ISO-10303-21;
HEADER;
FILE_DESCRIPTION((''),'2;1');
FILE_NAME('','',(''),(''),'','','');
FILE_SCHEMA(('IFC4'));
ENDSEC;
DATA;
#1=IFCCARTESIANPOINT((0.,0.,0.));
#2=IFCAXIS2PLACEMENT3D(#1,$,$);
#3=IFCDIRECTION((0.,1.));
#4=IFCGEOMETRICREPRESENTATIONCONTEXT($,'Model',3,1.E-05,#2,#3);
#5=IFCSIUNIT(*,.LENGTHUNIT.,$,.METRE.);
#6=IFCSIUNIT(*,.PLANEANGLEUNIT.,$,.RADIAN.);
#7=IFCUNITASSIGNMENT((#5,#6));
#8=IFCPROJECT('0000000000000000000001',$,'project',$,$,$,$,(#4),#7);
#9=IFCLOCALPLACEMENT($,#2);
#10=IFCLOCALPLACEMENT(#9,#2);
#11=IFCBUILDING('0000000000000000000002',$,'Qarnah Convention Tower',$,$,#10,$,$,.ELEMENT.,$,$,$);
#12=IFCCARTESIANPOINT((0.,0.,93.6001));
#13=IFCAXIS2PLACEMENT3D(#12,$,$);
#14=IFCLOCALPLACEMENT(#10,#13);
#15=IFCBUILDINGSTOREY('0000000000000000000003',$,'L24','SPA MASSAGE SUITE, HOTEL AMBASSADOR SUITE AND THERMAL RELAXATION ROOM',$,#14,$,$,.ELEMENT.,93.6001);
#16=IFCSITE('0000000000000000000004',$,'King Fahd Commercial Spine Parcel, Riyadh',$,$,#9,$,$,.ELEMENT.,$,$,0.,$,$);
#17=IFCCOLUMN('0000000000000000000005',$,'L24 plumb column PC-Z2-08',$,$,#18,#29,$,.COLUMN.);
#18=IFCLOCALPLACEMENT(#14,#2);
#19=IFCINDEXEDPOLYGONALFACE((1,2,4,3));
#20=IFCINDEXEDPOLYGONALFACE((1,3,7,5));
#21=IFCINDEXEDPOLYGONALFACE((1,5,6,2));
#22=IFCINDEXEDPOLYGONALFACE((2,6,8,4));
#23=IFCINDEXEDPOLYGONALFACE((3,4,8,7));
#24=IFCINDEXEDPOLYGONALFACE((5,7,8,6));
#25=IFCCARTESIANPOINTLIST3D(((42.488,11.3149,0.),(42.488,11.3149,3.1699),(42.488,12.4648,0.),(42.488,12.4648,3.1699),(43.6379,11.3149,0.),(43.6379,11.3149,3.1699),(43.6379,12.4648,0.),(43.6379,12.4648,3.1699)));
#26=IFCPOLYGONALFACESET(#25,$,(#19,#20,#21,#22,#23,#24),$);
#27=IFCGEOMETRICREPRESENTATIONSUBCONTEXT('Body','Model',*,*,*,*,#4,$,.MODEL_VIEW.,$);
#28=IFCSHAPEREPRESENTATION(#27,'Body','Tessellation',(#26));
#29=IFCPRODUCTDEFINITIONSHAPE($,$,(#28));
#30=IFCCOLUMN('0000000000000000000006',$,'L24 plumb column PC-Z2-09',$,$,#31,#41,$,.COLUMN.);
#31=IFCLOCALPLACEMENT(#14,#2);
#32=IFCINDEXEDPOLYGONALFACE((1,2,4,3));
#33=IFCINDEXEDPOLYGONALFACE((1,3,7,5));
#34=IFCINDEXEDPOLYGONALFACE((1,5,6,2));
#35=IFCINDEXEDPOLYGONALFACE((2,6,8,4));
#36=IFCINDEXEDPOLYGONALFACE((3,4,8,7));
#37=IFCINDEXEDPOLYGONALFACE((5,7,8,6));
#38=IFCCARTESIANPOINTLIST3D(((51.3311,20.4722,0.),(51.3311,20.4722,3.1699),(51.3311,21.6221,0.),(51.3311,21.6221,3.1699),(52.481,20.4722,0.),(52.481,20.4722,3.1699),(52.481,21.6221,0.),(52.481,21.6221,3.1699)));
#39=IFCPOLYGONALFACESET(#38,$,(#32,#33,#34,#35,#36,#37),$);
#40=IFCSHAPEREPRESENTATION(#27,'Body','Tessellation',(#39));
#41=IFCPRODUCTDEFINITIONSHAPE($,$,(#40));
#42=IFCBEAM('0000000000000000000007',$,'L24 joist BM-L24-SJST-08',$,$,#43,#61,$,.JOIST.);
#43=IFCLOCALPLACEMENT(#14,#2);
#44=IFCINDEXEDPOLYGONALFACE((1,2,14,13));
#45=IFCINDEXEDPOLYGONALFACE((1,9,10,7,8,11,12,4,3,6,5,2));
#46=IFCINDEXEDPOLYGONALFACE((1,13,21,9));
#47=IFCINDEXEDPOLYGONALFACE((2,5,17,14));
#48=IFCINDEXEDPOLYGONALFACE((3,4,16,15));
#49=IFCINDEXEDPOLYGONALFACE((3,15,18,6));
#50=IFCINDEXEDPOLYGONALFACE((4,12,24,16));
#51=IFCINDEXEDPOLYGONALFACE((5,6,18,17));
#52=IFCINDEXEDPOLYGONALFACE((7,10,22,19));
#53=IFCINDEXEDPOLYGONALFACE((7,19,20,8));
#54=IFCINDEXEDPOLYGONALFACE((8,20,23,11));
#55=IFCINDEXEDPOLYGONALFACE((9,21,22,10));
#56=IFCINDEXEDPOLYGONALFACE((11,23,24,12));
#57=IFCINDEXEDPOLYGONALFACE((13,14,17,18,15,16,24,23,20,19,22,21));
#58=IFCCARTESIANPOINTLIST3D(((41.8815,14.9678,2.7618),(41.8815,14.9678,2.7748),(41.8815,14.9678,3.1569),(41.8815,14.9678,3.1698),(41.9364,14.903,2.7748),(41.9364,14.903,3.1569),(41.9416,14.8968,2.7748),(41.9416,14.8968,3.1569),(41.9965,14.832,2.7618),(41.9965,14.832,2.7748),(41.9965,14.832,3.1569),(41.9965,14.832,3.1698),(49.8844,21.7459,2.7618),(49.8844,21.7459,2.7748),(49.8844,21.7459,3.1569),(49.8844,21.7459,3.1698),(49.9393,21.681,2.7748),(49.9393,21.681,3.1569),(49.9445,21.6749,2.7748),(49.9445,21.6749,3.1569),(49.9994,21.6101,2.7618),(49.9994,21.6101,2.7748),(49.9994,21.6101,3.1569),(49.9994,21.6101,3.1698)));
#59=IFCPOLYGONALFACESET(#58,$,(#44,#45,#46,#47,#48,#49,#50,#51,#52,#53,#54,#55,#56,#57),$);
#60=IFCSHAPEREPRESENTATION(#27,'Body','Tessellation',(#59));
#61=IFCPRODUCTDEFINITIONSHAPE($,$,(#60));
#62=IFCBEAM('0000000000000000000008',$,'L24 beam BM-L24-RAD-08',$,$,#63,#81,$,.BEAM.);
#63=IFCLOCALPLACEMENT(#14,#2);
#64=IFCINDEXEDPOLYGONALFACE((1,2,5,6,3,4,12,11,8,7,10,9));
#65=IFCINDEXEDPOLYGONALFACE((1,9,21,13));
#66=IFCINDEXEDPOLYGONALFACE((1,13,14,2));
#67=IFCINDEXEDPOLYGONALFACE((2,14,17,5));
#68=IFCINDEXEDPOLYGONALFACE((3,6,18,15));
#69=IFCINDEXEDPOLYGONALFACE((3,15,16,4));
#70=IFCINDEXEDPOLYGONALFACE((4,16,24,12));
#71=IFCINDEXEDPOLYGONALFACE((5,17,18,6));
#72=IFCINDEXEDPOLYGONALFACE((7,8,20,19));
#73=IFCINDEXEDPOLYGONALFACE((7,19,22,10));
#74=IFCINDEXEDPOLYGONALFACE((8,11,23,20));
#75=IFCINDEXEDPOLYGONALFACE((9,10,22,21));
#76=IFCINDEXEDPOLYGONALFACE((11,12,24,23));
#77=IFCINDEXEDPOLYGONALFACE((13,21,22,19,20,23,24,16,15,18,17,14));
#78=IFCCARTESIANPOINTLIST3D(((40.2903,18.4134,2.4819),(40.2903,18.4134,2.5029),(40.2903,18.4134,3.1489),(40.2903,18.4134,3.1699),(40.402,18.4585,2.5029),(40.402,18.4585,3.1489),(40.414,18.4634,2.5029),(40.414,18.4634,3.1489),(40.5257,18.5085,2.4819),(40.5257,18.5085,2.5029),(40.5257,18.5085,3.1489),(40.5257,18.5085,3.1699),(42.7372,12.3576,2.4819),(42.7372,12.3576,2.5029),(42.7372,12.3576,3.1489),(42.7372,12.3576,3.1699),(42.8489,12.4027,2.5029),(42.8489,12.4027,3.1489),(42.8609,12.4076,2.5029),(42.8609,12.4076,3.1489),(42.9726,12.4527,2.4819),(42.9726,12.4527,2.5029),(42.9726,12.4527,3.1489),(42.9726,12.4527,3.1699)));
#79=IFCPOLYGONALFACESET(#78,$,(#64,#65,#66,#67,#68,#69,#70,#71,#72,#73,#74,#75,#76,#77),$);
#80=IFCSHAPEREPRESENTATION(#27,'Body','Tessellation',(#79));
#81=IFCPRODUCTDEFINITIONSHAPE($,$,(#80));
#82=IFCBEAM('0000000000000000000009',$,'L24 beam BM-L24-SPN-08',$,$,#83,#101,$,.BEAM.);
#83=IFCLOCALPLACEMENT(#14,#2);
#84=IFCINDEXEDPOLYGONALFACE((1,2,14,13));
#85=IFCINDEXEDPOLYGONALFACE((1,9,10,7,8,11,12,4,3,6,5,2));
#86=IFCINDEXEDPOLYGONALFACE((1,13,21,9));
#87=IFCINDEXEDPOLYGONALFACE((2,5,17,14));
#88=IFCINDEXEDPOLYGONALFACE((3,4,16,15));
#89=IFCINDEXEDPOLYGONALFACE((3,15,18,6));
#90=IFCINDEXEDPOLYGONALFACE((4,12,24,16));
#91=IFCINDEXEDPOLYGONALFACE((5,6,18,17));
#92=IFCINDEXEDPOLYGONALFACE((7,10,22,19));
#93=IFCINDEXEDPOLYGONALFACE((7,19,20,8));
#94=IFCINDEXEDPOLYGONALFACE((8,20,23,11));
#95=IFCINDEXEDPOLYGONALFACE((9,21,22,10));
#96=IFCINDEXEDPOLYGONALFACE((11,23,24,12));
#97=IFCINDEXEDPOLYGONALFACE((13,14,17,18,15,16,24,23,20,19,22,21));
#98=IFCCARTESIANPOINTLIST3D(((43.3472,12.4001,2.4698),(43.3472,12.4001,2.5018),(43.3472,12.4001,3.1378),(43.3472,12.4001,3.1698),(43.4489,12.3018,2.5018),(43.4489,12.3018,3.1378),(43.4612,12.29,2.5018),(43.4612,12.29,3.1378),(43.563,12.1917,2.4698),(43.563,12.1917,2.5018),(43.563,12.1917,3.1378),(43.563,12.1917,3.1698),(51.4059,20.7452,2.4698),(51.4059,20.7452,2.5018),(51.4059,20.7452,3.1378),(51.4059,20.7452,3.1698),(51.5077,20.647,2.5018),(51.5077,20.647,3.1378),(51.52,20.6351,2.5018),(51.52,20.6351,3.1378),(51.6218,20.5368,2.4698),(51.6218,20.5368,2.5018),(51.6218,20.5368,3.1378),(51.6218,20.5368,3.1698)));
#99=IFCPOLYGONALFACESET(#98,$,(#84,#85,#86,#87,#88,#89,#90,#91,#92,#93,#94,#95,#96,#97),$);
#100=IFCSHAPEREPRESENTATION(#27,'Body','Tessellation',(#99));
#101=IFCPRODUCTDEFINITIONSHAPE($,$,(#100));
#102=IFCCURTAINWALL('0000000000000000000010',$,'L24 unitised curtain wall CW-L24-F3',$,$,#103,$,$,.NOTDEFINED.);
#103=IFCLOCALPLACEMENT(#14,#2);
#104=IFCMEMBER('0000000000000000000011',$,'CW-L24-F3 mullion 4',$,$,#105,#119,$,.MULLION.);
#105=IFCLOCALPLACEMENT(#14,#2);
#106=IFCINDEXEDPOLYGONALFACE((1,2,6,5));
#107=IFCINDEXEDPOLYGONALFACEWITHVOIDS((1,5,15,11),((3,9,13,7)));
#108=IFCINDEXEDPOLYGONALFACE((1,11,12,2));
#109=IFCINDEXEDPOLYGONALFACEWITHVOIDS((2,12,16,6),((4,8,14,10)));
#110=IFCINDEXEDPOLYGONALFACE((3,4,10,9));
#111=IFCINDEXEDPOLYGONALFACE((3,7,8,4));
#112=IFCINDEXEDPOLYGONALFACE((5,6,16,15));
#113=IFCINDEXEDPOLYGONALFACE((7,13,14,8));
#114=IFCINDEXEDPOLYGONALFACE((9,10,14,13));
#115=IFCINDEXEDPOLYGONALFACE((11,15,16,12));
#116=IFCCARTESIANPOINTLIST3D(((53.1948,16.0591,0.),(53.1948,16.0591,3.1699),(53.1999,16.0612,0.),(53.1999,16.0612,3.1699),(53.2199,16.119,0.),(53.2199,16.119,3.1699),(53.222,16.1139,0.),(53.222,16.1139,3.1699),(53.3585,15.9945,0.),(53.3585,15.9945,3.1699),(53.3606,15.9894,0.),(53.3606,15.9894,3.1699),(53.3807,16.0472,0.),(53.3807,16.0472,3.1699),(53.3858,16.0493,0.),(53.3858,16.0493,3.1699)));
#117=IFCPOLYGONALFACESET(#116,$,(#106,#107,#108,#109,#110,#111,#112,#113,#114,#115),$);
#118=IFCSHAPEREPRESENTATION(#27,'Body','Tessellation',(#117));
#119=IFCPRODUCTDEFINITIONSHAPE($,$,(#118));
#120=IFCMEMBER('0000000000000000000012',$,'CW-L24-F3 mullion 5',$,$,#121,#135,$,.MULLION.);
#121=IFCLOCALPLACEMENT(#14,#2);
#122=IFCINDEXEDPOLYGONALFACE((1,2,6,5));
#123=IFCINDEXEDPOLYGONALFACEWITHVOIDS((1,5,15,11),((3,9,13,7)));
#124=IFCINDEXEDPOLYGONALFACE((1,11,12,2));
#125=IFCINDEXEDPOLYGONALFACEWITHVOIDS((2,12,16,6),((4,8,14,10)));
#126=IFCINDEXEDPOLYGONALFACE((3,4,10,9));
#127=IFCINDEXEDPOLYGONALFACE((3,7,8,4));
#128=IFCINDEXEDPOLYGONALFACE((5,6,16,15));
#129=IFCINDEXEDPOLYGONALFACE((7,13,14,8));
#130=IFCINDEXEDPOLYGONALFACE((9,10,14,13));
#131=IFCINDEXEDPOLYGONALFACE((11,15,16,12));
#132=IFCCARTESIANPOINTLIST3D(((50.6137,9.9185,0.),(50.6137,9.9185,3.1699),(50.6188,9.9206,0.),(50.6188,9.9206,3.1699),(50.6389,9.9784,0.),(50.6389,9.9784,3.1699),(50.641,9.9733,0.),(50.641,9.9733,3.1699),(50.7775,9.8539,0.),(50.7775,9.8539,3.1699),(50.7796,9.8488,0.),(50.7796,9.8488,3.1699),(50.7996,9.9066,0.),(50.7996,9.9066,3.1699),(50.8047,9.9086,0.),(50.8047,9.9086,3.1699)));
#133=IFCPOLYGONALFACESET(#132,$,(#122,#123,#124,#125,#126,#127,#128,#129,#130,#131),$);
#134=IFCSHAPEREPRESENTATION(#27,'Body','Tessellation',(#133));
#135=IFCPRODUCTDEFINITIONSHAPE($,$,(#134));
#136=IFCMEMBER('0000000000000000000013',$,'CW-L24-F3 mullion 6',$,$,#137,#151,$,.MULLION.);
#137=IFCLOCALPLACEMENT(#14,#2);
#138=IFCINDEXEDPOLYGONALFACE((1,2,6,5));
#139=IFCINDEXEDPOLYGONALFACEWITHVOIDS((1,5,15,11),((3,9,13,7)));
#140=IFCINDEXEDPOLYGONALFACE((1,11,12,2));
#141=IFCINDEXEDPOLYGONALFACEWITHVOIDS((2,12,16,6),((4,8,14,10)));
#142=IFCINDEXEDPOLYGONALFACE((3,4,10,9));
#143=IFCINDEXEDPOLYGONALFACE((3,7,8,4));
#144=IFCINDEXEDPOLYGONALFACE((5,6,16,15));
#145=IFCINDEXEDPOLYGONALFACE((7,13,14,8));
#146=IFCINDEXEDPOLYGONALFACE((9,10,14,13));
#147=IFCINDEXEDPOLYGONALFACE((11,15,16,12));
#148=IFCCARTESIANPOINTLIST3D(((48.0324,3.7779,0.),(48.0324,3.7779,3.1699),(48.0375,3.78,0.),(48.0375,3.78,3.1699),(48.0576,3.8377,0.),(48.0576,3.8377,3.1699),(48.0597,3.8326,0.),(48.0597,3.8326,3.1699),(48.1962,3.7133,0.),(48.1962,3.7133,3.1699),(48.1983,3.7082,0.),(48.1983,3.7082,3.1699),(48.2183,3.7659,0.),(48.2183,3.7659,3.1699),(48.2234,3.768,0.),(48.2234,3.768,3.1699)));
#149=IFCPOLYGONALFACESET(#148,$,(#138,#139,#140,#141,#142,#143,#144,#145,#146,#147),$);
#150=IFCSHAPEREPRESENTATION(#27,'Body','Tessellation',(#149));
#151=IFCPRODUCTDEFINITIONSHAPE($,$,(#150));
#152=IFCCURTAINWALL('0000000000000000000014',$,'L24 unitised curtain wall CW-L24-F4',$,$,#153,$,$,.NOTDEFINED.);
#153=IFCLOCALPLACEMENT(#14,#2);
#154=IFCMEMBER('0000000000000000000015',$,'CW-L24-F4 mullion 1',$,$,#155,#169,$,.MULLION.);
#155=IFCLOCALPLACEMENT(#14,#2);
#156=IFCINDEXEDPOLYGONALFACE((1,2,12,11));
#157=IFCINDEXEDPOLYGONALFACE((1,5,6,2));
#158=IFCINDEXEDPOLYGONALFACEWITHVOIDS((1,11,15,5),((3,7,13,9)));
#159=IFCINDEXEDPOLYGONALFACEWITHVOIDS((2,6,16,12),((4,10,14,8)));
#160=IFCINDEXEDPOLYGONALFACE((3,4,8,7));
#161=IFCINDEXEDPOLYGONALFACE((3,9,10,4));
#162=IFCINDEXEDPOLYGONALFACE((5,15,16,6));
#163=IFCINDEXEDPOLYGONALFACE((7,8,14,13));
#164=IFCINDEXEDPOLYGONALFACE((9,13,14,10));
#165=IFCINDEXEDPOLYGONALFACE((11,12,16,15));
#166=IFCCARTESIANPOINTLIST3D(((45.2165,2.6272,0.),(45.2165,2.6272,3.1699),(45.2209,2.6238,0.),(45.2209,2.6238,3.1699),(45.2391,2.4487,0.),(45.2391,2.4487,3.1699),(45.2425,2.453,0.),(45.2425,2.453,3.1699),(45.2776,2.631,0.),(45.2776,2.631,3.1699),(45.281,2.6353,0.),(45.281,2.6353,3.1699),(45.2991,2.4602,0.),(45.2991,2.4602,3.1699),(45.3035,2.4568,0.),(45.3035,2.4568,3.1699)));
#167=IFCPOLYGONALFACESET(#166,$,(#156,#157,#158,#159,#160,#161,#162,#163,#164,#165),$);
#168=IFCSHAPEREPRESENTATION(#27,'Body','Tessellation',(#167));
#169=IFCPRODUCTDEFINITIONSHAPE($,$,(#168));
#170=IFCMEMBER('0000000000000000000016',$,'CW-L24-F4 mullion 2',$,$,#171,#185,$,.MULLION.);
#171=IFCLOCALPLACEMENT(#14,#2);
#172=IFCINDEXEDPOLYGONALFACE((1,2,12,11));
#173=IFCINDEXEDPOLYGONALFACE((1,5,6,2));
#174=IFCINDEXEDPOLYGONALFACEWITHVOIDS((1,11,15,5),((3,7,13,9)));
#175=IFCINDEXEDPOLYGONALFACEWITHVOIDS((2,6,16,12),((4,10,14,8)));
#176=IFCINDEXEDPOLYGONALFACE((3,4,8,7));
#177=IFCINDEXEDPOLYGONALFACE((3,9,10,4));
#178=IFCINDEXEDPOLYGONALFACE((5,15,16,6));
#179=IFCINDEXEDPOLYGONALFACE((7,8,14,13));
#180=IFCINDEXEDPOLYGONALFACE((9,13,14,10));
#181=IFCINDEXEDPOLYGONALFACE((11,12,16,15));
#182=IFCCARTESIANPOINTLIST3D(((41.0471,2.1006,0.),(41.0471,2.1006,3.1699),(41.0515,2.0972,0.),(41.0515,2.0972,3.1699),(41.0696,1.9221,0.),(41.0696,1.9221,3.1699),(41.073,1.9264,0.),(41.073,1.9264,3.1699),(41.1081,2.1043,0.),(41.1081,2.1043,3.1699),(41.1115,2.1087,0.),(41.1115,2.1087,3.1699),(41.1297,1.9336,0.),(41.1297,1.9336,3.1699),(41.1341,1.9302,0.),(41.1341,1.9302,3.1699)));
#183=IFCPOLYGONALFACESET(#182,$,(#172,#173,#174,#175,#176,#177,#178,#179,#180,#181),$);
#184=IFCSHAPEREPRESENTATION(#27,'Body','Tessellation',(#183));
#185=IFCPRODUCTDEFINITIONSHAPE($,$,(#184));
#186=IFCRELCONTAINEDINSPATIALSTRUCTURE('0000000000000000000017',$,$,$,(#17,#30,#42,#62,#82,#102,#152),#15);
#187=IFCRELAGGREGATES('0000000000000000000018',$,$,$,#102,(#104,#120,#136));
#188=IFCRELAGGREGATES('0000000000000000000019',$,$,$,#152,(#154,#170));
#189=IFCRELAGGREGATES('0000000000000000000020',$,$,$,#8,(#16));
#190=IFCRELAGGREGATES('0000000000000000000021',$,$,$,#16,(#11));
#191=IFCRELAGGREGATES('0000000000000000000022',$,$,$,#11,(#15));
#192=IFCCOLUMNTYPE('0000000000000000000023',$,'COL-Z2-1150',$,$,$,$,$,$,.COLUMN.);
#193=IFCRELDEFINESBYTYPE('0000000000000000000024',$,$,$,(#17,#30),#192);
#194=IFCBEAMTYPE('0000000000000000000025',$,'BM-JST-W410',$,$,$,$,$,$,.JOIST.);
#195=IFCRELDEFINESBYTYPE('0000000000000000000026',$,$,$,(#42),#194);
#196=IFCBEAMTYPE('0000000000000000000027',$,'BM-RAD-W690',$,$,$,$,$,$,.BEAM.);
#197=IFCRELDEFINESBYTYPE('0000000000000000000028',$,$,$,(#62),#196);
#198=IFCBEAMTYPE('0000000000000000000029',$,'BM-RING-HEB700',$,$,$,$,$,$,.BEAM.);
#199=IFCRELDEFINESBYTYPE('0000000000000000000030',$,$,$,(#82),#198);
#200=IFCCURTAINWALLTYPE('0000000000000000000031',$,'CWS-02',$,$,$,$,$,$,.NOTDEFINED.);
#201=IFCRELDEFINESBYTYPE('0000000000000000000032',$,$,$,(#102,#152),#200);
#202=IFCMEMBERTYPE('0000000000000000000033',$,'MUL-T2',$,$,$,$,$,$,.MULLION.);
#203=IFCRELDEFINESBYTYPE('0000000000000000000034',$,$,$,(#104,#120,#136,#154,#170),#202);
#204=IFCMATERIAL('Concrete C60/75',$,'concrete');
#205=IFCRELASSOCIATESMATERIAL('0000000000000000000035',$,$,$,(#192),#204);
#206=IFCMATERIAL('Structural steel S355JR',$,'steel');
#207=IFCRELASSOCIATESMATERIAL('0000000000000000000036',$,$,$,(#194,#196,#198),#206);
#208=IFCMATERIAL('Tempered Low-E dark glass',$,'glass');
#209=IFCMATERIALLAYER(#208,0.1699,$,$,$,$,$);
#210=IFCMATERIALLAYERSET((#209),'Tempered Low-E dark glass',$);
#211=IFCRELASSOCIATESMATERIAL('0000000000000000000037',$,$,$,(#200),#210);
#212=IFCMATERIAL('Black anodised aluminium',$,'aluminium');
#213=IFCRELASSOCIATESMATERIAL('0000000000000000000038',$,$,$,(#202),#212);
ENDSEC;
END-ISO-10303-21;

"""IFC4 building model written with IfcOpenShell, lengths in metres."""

from ifc_helpers import new_model, si_unit, direction, frame, origin, origin_2d, place, context, subcontext, project, spatial, rectangle, hollow_rectangle, i_section, extrude, material, layer, layer_set, material_profile, profile_set, type_object, element, aggregate, save


model = new_model("IFC4")

# Units and contexts
model_context = context("Model", 3, precision=1e-05, world=origin(), true_north=direction((0.0, 1.0)))
body_context = subcontext(model_context, "Body", "Model", "MODEL_VIEW")
ifc_project = project(units=[si_unit("LENGTHUNIT", "METRE"), si_unit("PLANEANGLEUNIT", "RADIAN")], contexts=[model_context])

# Site, building, storey
site_placement = place(None, origin())
site = spatial("IfcSite", under=ifc_project, at=site_placement, Name="King Fahd Commercial Spine Parcel, Riyadh", CompositionType="ELEMENT", RefElevation=0.0)
building_placement = place(site_placement, origin())
building = spatial("IfcBuilding", under=site, at=building_placement, Name="Qarnah Convention Tower", CompositionType="ELEMENT")
storey_placement = place(building_placement, frame((0.0, 0.0, 93.6001)))
storey = spatial("IfcBuildingStorey", under=building, at=storey_placement, Name="L24", Description="SPA MASSAGE SUITE, HOTEL AMBASSADOR SUITE AND THERMAL RELAXATION ROOM", CompositionType="ELEMENT", Elevation=93.6001)

# Columns
ifc_material_1 = material(Name="Concrete C60/75", Category="concrete")
ifc_material_profile_1 = material_profile(ifc_material_1, rectangle(XDim=1.1499, YDim=1.1499, at=origin_2d()), Name="RC-COL-1150X1150")
ifc_profile_set_1 = profile_set([ifc_material_profile_1], Name="Concrete C60/75")
column_type = type_object("IfcColumnType", Name="COL-Z2-1150", PredefinedType="COLUMN", material=ifc_profile_set_1)
for number, where, z_axis, x_axis, name in (
    (1, (43.063, 11.8899, 0.0), (0.0, 0.0, 1.0), (1.0, 0.0, 0.0), "L24 plumb column PC-Z2-08"),
    (2, (51.906, 21.0471, 0.0), (0.0, 0.0, 1.0), (1.0, 0.0, 0.0), "L24 plumb column PC-Z2-09"),
):
    element("IfcColumn", number, at=place(storey_placement, frame(where, z_axis=z_axis, x_axis=x_axis)), inside=storey, type_object=column_type, Name=name, PredefinedType="COLUMN", context=body_context, shape_type="SweptSolid", body=[
        extrude(rectangle(XDim=1.1499, YDim=1.1499, at=origin_2d()), origin(), (0.0, 0.0, 1.0), 3.1699),
    ])

# Beams
ifc_material_2 = material(Name="Structural steel S355JR", Category="steel")
ifc_material_profile_2 = material_profile(ifc_material_2, i_section(OverallWidth=0.178, OverallDepth=0.408, WebThickness=0.0081, FlangeThickness=0.0129, at=origin_2d()), Name="W410X60")
ifc_profile_set_2 = profile_set([ifc_material_profile_2], Name="Structural steel S355JR")
beam_type_1 = type_object("IfcBeamType", Name="BM-JST-W410", PredefinedType="JOIST", material=ifc_profile_set_2)
beam_1_placement = place(storey_placement, frame((41.939, 14.8999, 2.9658), z_axis=(0.763087, 0.646296, 0.0), x_axis=(-0.646296, 0.763087, 0.0)))
element("IfcBeam", 3, at=beam_1_placement, inside=storey, type_object=beam_type_1, Name="L24 joist BM-L24-SJST-08", PredefinedType="JOIST", context=body_context, shape_type="SweptSolid", body=[
    extrude(i_section(OverallWidth=0.178, OverallDepth=0.408, WebThickness=0.0081, FlangeThickness=0.0129, at=origin_2d()), origin(), (0.0, 0.0, 1.0), 10.4875),
])
ifc_material_profile_3 = material_profile(ifc_material_2, i_section(OverallWidth=0.2539, OverallDepth=0.688, WebThickness=0.0129, FlangeThickness=0.021, at=origin_2d()), Name="W690X152")
ifc_profile_set_3 = profile_set([ifc_material_profile_3], Name="Structural steel S355JR")
beam_type_2 = type_object("IfcBeamType", Name="BM-RAD-W690", PredefinedType="BEAM", material=ifc_profile_set_3)
beam_2_placement = place(storey_placement, frame((40.408, 18.4609, 2.8259), z_axis=(0.374643, -0.927169, 0.0), x_axis=(0.927169, 0.374643, 0.0)))
element("IfcBeam", 4, at=beam_2_placement, inside=storey, type_object=beam_type_2, Name="L24 beam BM-L24-RAD-08", PredefinedType="BEAM", context=body_context, shape_type="SweptSolid", body=[
    extrude(i_section(OverallWidth=0.2539, OverallDepth=0.688, WebThickness=0.0129, FlangeThickness=0.021, at=origin_2d()), origin(), (0.0, 0.0, 1.0), 6.5315),
])
ifc_material_profile_4 = material_profile(ifc_material_2, i_section(OverallWidth=0.3, OverallDepth=0.7, WebThickness=0.0171, FlangeThickness=0.032, at=origin_2d()), Name="HEB700")
ifc_profile_set_4 = profile_set([ifc_material_profile_4], Name="Structural steel S355JR")
beam_type_3 = type_object("IfcBeamType", Name="BM-RING-HEB700", PredefinedType="BEAM", material=ifc_profile_set_4)
beam_3_placement = place(storey_placement, frame((43.4551, 12.2959, 2.8198), z_axis=(0.694656, 0.719342, 0.0), x_axis=(-0.719342, 0.694656, 0.0)))
element("IfcBeam", 5, at=beam_3_placement, inside=storey, type_object=beam_type_3, Name="L24 beam BM-L24-SPN-08", PredefinedType="BEAM", context=body_context, shape_type="SweptSolid", body=[
    extrude(i_section(OverallWidth=0.3, OverallDepth=0.7, WebThickness=0.0171, FlangeThickness=0.032, at=origin_2d()), origin(), (0.0, 0.0, 1.0), 11.6011),
])

# Curtain walls, members
ifc_material_3 = material(Name="Tempered Low-E dark glass", Category="glass")
ifc_layer_1 = layer(ifc_material_3, 0.1699)
ifc_layer_set_1 = layer_set([ifc_layer_1], Name="Tempered Low-E dark glass")
curtain_wall_type = type_object("IfcCurtainWallType", Name="CWS-02", PredefinedType="NOTDEFINED", material=ifc_layer_set_1)
curtain_wall_1_placement = place(storey_placement, origin())
curtain_wall_1 = element("IfcCurtainWall", 6, at=curtain_wall_1_placement, inside=storey, type_object=curtain_wall_type, Name="L24 unitised curtain wall CW-L24-F3", PredefinedType="NOTDEFINED")
ifc_material_4 = material(Name="Black anodised aluminium", Category="aluminium")
ifc_material_profile_5 = material_profile(ifc_material_4, hollow_rectangle(XDim=0.0649, YDim=0.1799, WallThickness=0.0039, at=origin_2d()), Name="MUL-65X180")
ifc_profile_set_5 = profile_set([ifc_material_profile_5], Name="Black anodised aluminium")
member_type_1 = type_object("IfcMemberType", Name="MUL-T2", PredefinedType="MULLION", material=ifc_profile_set_5)
member_1_placement = place(storey_placement, frame((53.2903, 16.0542, 0.0), z_axis=(0.0, 0.0, 1.0), x_axis=(-0.387507, -0.921867, 0.0)))
member_1 = element("IfcMember", 7, at=member_1_placement, type_object=member_type_1, Name="CW-L24-F3 mullion 4", PredefinedType="MULLION", context=body_context, shape_type="SweptSolid", body=[
    extrude(hollow_rectangle(XDim=0.0649, YDim=0.1799, WallThickness=0.0039, at=origin_2d()), origin(), (0.0, 0.0, 1.0), 3.1699),
])
member_2_placement = place(storey_placement, frame((50.7092, 9.9136, 0.0), z_axis=(0.0, 0.0, 1.0), x_axis=(-0.387507, -0.921867, 0.0)))
member_2 = element("IfcMember", 8, at=member_2_placement, type_object=member_type_1, Name="CW-L24-F3 mullion 5", PredefinedType="MULLION", context=body_context, shape_type="SweptSolid", body=[
    extrude(hollow_rectangle(XDim=0.0649, YDim=0.1799, WallThickness=0.0039, at=origin_2d()), origin(), (0.0, 0.0, 1.0), 3.1699),
])
member_3_placement = place(storey_placement, frame((48.1279, 3.7729, 0.0), z_axis=(0.0, 0.0, 1.0), x_axis=(-0.387507, -0.921867, 0.0)))
member_3 = element("IfcMember", 9, at=member_3_placement, type_object=member_type_1, Name="CW-L24-F3 mullion 6", PredefinedType="MULLION", context=body_context, shape_type="SweptSolid", body=[
    extrude(hollow_rectangle(XDim=0.0649, YDim=0.1799, WallThickness=0.0039, at=origin_2d()), origin(), (0.0, 0.0, 1.0), 3.1699),
])
curtain_wall_2_placement = place(storey_placement, origin())
curtain_wall_2 = element("IfcCurtainWall", 10, at=curtain_wall_2_placement, inside=storey, type_object=curtain_wall_type, Name="L24 unitised curtain wall CW-L24-F4", PredefinedType="NOTDEFINED")
member_4_placement = place(storey_placement, frame((45.26, 2.542, 0.0), z_axis=(0.0, 0.0, 1.0), x_axis=(-0.992122, -0.125279, 0.0)))
member_4 = element("IfcMember", 11, at=member_4_placement, type_object=member_type_1, Name="CW-L24-F4 mullion 1", PredefinedType="MULLION", context=body_context, shape_type="SweptSolid", body=[
    extrude(hollow_rectangle(XDim=0.0649, YDim=0.1799, WallThickness=0.0039, at=origin_2d()), origin(), (0.0, 0.0, 1.0), 3.1699),
])
member_5_placement = place(storey_placement, frame((41.0906, 2.0154, 0.0), z_axis=(0.0, 0.0, 1.0), x_axis=(-0.992122, -0.125279, 0.0)))
member_5 = element("IfcMember", 12, at=member_5_placement, type_object=member_type_1, Name="CW-L24-F4 mullion 2", PredefinedType="MULLION", context=body_context, shape_type="SweptSolid", body=[
    extrude(hollow_rectangle(XDim=0.0649, YDim=0.1799, WallThickness=0.0039, at=origin_2d()), origin(), (0.0, 0.0, 1.0), 3.1699),
])

aggregate(curtain_wall_1, [member_1, member_2, member_3])
aggregate(curtain_wall_2, [member_4, member_5])

save(model, "model.ifc")
